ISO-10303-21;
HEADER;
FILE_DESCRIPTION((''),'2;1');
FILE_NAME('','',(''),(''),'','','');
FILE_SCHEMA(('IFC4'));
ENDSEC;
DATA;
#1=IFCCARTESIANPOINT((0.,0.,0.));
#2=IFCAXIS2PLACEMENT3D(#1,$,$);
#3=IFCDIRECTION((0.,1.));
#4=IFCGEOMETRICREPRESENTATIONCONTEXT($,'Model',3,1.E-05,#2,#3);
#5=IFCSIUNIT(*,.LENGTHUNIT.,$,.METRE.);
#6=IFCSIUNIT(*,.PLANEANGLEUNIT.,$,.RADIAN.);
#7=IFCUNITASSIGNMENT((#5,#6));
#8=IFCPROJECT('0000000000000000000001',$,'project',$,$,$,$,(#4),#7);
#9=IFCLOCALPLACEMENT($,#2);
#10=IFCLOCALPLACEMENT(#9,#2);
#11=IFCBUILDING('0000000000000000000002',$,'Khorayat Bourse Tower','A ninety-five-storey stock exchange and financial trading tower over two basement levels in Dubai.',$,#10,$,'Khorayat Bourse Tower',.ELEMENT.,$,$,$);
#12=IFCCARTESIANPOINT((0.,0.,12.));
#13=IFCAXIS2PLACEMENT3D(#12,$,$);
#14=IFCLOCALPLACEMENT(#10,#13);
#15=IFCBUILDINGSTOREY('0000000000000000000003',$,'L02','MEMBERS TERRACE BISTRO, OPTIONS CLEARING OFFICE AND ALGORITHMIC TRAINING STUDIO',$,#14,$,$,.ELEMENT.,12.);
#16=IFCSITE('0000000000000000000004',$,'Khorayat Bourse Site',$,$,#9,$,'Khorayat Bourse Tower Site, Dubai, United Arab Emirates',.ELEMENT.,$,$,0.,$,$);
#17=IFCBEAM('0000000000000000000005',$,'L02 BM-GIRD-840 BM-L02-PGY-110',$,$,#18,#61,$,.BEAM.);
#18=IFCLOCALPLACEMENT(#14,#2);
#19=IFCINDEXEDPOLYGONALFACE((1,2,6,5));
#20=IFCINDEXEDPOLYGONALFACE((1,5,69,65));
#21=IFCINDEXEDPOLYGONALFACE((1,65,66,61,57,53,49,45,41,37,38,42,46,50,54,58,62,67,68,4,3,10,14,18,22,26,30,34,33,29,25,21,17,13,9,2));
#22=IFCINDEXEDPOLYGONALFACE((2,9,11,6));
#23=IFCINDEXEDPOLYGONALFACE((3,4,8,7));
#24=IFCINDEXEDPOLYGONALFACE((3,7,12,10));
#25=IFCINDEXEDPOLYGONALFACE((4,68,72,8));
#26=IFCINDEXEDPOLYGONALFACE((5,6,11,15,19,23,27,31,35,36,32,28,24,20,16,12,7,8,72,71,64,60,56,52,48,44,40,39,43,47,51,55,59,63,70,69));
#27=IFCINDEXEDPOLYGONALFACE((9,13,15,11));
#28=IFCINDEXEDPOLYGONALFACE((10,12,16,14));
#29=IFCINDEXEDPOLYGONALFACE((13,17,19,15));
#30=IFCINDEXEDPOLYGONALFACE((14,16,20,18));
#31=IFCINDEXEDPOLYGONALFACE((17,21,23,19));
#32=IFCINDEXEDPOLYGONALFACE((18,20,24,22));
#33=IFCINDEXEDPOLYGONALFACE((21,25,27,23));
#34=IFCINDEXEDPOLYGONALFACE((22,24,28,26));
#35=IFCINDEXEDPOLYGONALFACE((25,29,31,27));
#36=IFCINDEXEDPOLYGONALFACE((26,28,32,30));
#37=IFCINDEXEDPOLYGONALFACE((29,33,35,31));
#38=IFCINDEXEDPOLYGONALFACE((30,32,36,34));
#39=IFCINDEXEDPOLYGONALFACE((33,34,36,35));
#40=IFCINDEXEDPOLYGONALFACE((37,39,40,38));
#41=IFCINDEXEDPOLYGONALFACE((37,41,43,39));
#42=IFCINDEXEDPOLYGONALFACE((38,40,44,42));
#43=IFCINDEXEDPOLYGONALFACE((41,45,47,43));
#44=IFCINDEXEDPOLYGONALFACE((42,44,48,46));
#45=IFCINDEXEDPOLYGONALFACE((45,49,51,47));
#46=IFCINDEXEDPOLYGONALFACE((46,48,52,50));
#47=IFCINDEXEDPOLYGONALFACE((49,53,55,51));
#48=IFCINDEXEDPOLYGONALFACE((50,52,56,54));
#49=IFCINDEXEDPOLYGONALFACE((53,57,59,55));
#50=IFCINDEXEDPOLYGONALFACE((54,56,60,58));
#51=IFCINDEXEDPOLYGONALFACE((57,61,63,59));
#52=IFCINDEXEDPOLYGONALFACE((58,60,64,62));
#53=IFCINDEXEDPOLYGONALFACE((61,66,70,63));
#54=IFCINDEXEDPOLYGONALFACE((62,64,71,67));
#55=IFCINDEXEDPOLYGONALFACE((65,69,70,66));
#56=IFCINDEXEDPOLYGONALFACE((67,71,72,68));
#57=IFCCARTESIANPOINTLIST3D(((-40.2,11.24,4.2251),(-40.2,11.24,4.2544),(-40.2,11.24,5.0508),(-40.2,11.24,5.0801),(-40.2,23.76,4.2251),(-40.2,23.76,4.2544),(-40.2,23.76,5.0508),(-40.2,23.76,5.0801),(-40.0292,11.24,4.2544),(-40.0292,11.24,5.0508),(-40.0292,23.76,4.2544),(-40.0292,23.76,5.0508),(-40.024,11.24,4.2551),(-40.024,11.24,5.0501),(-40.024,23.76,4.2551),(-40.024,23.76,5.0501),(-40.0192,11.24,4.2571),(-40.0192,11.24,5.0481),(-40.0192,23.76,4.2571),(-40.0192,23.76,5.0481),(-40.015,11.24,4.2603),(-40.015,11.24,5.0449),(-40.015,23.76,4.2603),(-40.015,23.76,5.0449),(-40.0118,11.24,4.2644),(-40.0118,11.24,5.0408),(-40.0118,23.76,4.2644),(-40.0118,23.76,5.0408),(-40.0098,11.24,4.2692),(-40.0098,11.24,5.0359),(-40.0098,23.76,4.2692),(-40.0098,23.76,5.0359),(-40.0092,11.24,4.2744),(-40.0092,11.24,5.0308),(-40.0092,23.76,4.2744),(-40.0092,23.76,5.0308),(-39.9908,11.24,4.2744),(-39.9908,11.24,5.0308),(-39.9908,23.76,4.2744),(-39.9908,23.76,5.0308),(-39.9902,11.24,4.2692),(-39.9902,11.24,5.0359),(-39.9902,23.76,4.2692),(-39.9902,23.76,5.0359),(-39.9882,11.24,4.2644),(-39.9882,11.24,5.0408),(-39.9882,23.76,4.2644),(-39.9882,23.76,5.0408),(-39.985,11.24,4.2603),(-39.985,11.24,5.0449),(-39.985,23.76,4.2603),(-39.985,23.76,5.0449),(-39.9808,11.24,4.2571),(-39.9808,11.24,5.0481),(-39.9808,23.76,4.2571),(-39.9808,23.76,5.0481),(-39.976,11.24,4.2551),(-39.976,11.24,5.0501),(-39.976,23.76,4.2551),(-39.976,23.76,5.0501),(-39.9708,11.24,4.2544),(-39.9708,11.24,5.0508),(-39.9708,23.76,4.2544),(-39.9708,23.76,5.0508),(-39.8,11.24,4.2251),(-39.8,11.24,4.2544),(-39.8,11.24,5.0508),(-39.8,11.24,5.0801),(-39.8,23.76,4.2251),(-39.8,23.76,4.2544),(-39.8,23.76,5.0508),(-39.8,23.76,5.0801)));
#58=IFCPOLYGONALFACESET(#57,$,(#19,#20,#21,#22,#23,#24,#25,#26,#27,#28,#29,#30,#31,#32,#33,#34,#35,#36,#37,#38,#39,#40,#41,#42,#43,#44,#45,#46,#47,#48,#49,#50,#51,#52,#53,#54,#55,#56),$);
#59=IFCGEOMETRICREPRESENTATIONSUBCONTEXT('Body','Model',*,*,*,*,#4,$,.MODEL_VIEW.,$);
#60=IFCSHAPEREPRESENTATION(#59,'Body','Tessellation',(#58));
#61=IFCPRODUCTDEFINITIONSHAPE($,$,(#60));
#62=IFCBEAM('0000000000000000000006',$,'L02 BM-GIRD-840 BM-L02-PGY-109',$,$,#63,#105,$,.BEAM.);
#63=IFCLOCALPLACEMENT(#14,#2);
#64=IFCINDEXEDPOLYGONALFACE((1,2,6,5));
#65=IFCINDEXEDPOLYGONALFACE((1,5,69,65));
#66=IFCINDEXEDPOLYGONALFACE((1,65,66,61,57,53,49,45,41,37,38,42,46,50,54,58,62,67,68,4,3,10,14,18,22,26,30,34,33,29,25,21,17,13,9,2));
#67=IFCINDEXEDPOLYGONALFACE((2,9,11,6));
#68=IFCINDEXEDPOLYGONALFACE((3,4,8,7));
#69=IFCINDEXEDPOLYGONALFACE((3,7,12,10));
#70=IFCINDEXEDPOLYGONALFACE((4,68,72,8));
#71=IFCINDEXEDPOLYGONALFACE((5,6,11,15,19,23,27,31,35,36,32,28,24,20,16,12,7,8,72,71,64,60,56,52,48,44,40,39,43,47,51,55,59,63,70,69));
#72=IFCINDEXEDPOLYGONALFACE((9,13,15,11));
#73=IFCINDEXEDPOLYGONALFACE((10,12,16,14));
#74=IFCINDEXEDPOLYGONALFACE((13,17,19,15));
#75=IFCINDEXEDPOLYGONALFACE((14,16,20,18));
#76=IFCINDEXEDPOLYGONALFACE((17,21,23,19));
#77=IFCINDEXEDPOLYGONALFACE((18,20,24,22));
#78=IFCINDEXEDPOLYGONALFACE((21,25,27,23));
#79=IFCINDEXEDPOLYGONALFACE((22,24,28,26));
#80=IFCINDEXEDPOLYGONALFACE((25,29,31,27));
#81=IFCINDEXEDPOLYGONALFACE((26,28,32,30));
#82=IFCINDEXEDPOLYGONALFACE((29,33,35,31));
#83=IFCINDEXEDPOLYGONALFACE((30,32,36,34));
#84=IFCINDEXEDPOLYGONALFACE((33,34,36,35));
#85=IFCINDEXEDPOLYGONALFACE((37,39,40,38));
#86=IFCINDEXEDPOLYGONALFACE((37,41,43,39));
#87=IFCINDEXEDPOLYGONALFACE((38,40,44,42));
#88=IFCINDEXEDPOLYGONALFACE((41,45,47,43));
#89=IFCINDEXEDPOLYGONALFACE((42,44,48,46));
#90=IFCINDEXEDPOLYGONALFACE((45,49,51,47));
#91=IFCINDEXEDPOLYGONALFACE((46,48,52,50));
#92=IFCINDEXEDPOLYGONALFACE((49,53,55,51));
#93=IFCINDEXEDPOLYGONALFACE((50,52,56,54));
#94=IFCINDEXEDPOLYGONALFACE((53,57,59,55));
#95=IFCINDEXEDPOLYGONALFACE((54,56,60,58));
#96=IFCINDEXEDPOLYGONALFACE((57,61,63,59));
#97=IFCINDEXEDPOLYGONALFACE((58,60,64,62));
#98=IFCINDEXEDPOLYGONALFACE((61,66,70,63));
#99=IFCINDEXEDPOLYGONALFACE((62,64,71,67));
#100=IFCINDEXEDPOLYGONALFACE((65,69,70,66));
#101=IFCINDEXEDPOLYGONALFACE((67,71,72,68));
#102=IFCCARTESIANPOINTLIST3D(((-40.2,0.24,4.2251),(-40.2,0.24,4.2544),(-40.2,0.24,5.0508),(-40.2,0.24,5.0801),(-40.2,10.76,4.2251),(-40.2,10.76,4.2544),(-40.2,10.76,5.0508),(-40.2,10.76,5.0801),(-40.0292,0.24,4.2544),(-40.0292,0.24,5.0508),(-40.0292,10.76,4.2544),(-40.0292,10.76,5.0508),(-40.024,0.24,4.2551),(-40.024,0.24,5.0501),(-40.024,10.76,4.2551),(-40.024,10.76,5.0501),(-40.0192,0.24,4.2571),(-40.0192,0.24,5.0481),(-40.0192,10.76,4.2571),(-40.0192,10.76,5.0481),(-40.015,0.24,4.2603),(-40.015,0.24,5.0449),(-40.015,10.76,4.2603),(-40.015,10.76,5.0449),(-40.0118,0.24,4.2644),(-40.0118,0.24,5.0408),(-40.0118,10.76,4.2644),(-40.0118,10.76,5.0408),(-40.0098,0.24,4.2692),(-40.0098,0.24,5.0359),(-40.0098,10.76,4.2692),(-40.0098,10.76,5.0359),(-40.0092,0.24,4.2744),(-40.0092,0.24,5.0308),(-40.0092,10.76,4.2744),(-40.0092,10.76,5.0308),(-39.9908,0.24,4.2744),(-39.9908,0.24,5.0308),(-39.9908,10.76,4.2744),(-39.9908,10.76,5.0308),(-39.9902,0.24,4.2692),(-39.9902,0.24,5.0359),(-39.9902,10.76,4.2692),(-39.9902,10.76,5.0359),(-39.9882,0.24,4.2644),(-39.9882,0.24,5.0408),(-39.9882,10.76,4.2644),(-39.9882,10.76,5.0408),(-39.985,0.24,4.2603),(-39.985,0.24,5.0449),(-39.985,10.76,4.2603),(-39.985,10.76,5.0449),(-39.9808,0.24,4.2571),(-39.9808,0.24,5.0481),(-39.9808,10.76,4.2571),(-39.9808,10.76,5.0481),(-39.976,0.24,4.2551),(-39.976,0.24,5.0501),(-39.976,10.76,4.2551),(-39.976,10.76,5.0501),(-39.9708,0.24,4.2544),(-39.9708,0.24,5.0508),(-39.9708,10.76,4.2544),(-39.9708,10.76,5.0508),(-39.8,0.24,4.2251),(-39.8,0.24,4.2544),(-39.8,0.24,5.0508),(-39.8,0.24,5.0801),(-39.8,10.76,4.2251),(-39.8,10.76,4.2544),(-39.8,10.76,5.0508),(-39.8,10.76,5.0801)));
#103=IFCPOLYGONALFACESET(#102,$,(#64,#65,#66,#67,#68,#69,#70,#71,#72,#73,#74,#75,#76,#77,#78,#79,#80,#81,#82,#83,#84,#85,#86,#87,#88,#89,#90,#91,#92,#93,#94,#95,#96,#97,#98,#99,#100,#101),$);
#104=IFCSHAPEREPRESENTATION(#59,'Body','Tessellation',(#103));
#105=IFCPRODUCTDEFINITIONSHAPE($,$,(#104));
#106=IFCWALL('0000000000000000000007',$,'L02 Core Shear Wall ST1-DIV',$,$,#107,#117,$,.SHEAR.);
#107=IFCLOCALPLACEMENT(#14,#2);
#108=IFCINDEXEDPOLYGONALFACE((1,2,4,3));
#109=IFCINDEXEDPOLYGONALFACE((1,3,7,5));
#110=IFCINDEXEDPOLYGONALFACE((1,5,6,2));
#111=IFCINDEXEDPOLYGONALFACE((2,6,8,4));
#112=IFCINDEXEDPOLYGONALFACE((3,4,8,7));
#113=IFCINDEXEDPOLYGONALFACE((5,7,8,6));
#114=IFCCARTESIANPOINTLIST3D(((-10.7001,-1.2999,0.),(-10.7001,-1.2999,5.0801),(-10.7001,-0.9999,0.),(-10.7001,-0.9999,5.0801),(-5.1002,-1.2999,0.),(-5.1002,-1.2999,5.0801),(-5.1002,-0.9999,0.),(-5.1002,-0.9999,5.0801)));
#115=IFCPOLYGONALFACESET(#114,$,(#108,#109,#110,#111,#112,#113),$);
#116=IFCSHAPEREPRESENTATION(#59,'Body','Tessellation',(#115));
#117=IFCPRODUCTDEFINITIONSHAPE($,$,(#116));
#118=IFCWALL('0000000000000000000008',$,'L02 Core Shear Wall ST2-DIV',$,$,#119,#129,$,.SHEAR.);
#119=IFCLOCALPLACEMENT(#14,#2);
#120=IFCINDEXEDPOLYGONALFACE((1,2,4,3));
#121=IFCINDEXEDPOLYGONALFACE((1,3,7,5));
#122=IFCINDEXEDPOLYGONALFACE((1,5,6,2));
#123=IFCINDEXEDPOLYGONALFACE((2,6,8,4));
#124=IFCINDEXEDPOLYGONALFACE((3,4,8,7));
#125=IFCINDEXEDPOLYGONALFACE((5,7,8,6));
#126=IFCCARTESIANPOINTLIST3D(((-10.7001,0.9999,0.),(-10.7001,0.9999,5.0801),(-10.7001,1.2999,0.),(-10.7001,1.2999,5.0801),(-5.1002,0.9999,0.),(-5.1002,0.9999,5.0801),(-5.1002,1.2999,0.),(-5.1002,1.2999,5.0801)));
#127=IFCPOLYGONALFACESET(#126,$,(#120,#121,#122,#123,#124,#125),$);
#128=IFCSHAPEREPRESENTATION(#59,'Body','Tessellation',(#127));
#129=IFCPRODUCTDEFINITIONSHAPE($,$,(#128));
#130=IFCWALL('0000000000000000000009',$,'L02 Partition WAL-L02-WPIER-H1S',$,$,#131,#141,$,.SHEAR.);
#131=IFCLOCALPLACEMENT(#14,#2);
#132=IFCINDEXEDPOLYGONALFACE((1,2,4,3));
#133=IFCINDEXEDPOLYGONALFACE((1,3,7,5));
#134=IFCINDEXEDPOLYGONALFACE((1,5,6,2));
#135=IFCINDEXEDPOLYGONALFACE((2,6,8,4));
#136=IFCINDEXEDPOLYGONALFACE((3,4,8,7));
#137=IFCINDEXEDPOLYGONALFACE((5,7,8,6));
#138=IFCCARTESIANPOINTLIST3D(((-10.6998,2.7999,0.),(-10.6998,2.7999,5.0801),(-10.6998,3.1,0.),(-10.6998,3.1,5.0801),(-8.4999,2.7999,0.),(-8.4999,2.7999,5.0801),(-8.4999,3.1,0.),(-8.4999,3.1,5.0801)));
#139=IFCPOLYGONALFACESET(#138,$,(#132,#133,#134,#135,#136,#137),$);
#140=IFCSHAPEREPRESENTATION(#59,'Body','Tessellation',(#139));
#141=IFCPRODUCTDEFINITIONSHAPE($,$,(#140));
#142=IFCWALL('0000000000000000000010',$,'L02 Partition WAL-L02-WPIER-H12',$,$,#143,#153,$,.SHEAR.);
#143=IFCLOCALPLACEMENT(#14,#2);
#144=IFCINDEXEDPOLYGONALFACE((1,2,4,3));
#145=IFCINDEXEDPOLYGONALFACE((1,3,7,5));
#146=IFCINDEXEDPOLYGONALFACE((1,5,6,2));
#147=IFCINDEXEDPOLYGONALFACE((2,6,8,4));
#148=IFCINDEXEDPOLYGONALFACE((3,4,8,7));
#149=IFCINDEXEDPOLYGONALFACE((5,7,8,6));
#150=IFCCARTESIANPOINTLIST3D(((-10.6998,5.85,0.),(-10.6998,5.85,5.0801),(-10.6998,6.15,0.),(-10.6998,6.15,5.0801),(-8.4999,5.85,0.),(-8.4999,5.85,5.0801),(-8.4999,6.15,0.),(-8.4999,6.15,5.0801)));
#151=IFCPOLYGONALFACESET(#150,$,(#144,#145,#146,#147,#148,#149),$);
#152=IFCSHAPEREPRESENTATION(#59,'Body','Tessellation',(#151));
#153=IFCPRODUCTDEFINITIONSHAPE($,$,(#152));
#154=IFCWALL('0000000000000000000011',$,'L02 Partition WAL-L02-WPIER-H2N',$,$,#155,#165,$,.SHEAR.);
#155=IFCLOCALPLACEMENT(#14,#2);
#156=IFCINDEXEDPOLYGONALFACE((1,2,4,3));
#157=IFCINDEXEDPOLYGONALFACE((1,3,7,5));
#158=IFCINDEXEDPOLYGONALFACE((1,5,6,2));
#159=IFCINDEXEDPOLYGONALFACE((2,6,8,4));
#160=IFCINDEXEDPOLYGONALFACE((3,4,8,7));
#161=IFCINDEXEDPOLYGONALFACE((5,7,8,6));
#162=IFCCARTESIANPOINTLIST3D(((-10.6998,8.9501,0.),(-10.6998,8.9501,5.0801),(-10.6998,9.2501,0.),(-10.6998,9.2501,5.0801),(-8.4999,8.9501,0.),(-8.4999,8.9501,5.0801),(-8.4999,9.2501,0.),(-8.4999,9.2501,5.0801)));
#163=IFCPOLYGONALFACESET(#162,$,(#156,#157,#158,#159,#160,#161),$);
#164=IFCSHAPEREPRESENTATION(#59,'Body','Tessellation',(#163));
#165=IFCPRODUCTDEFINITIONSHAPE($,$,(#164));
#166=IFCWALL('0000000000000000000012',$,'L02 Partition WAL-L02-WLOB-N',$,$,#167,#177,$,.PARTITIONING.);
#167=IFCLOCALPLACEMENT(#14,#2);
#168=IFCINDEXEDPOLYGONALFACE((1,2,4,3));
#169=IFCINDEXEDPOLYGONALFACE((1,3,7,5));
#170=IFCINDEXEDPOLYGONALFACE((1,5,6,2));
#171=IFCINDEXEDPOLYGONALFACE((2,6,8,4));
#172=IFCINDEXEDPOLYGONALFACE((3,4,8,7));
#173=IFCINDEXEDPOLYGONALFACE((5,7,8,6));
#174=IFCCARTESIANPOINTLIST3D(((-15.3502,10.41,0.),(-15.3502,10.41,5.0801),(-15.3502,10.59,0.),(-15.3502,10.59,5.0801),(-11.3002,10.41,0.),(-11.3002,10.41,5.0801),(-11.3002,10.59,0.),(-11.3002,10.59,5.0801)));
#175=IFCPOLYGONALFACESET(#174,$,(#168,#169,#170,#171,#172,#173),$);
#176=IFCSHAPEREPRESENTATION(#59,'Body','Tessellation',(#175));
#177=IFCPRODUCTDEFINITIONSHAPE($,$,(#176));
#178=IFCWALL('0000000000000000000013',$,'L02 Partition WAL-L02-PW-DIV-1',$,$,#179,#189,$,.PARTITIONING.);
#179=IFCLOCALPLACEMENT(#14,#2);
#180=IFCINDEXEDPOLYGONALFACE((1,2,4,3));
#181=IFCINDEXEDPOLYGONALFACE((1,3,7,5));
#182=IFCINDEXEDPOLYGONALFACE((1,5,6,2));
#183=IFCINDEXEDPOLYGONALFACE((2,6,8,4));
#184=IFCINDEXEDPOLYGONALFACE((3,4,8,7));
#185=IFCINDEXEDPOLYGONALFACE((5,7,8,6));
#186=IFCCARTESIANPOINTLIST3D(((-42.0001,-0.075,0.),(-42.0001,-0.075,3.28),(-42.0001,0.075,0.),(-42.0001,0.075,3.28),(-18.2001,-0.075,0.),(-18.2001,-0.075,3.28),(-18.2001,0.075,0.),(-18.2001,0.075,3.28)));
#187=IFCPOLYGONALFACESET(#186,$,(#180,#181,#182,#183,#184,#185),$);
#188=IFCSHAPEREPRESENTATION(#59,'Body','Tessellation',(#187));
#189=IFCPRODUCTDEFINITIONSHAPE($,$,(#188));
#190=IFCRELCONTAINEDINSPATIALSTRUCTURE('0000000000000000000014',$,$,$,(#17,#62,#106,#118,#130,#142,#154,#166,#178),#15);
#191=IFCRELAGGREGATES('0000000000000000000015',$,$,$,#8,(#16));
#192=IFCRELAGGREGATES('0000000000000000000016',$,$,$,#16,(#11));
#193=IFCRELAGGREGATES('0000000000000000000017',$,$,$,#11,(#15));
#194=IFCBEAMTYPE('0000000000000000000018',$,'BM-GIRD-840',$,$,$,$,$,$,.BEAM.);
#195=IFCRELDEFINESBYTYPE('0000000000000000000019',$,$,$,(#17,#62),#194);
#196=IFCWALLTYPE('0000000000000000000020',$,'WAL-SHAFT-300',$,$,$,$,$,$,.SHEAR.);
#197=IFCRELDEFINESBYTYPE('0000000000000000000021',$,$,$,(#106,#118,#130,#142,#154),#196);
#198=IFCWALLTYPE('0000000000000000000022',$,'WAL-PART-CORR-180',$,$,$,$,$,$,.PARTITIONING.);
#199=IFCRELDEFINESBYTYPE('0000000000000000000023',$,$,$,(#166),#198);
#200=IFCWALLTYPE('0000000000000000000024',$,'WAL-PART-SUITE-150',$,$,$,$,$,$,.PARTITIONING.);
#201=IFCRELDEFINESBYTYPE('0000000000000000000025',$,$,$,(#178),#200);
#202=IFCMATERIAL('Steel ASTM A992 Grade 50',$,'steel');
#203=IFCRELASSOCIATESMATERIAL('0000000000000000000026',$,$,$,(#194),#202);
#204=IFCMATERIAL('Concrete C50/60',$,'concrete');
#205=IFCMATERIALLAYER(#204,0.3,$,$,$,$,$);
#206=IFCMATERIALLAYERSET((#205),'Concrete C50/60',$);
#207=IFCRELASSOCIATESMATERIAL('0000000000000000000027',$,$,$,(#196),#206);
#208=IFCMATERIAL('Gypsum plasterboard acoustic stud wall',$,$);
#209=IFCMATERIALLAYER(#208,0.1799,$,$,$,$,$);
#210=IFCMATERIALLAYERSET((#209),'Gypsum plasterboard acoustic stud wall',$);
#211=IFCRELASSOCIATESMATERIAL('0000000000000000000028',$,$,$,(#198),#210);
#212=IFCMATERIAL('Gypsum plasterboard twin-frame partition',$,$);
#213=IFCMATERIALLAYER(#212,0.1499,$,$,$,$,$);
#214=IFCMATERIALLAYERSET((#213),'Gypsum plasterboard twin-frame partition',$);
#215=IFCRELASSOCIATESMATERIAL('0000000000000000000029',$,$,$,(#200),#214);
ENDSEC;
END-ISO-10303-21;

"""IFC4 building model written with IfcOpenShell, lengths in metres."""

from ifc_helpers import new_model, si_unit, direction, frame, frame_2d, origin, origin_2d, place, context, subcontext, project, spatial, rectangle, i_section, extrude, source, transform, mapped, material, layer, layer_set, material_profile, profile_set, type_object, element, save


model = new_model("IFC4")

# Units and contexts
model_context = context("Model", 3, precision=1e-05, world=origin(), true_north=direction((0.0, 1.0)))
body_context = subcontext(model_context, "Body", "Model", "MODEL_VIEW")
ifc_project = project(units=[si_unit("LENGTHUNIT", "METRE"), si_unit("PLANEANGLEUNIT", "RADIAN")], contexts=[model_context])

# Site, building, storey
site_placement = place(None, origin())
site = spatial("IfcSite", under=ifc_project, at=site_placement, Name="Khorayat Bourse Site", LongName="Khorayat Bourse Tower Site, Dubai, United Arab Emirates", CompositionType="ELEMENT", RefElevation=0.0)
building_placement = place(site_placement, origin())
building = spatial("IfcBuilding", under=site, at=building_placement, Name="Khorayat Bourse Tower", Description="A ninety-five-storey stock exchange and financial trading tower over two basement levels in Dubai.", LongName="Khorayat Bourse Tower", CompositionType="ELEMENT")
storey_placement = place(building_placement, frame((0.0, 0.0, 12.0)))
storey = spatial("IfcBuildingStorey", under=building, at=storey_placement, Name="L02", Description="MEMBERS TERRACE BISTRO, OPTIONS CLEARING OFFICE AND ALGORITHMIC TRAINING STUDIO", CompositionType="ELEMENT", Elevation=12.0)

# Beams
ifc_material_1 = material(Name="Steel ASTM A992 Grade 50", Category="steel")
ifc_material_profile_1 = material_profile(ifc_material_1, i_section(OverallWidth=0.3999, OverallDepth=0.855, WebThickness=0.0183, FlangeThickness=0.0293, FilletRadius=0.02, at=origin_2d()), Name="W840X299")
ifc_profile_set_1 = profile_set([ifc_material_profile_1], Name="Steel ASTM A992 Grade 50")
beam_type_1 = type_object("IfcBeamType", Name="BM-GIRD-840", PredefinedType="BEAM", material=ifc_profile_set_1)
shared_shape_1 = source(origin(), body_context, "Body", "SweptSolid", [
    extrude(i_section(OverallWidth=0.3999, OverallDepth=0.855, WebThickness=0.0183, FlangeThickness=0.0293, FilletRadius=0.02, at=origin_2d()), origin(), (0.0, 0.0, 1.0), 12.52),
])
beam_1_placement = place(storey_placement, frame((-40.0, 11.24, 4.6526), z_axis=(0.0, 1.0, 0.0), x_axis=(-1.0, 0.0, 0.0)))
element("IfcBeam", 1, at=beam_1_placement, inside=storey, type_object=beam_type_1, Name="L02 BM-GIRD-840 BM-L02-PGY-110", PredefinedType="BEAM", context=body_context, shape_type="MappedRepresentation", body=[
    mapped(shared_shape_1, transform((0.0, 0.0, 0.0), scale=1.0)),
])
shared_shape_2 = source(origin(), body_context, "Body", "SweptSolid", [
    extrude(i_section(OverallWidth=0.3999, OverallDepth=0.855, WebThickness=0.0183, FlangeThickness=0.0293, FilletRadius=0.02, at=origin_2d()), origin(), (0.0, 0.0, 1.0), 10.52),
])
beam_2_placement = place(storey_placement, frame((-40.0, 0.24, 4.6526), z_axis=(0.0, 1.0, 0.0), x_axis=(-1.0, 0.0, 0.0)))
element("IfcBeam", 2, at=beam_2_placement, inside=storey, type_object=beam_type_1, Name="L02 BM-GIRD-840 BM-L02-PGY-109", PredefinedType="BEAM", context=body_context, shape_type="MappedRepresentation", body=[
    mapped(shared_shape_2, transform((0.0, 0.0, 0.0), scale=1.0)),
])

# Walls
ifc_material_2 = material(Name="Concrete C50/60", Category="concrete")
ifc_layer_1 = layer(ifc_material_2, 0.3)
ifc_layer_set_1 = layer_set([ifc_layer_1], Name="Concrete C50/60")
wall_type_1 = type_object("IfcWallType", Name="WAL-SHAFT-300", PredefinedType="SHEAR", material=ifc_layer_set_1)
shared_shape_3 = source(origin(), body_context, "Body", "SweptSolid", [
    extrude(rectangle(XDim=5.5999, YDim=0.3, at=frame_2d((2.7998, 0.0))), origin(), (0.0, 0.0, 1.0), 5.0801),
])
for number, where, z_axis, x_axis, name in (
    (3, (-10.7, -1.1499, 0.0), (0.0, 0.0, 1.0), (1.0, 0.0, 0.0), "L02 Core Shear Wall ST1-DIV"),
    (4, (-10.7, 1.1499, 0.0), (0.0, 0.0, 1.0), (1.0, 0.0, 0.0), "L02 Core Shear Wall ST2-DIV"),
):
    element("IfcWall", number, at=place(storey_placement, frame(where, z_axis=z_axis, x_axis=x_axis)), inside=storey, type_object=wall_type_1, Name=name, PredefinedType="SHEAR", context=body_context, shape_type="MappedRepresentation", body=[
        mapped(shared_shape_3, transform((0.0, 0.0, 0.0), scale=1.0)),
    ])
shared_shape_4 = source(origin(), body_context, "Body", "SweptSolid", [
    extrude(rectangle(XDim=2.2, YDim=0.3, at=frame_2d((1.1001, 0.0))), origin(), (0.0, 0.0, 1.0), 5.0801),
])
for number, where, z_axis, x_axis, name in (
    (5, (-10.7, 2.95, 0.0), (0.0, 0.0, 1.0), (1.0, 0.0, 0.0), "L02 Partition WAL-L02-WPIER-H1S"),
    (6, (-10.7, 6.0, 0.0), (0.0, 0.0, 1.0), (1.0, 0.0, 0.0), "L02 Partition WAL-L02-WPIER-H12"),
    (7, (-10.7, 9.1001, 0.0), (0.0, 0.0, 1.0), (1.0, 0.0, 0.0), "L02 Partition WAL-L02-WPIER-H2N"),
):
    element("IfcWall", number, at=place(storey_placement, frame(where, z_axis=z_axis, x_axis=x_axis)), inside=storey, type_object=wall_type_1, Name=name, PredefinedType="SHEAR", context=body_context, shape_type="MappedRepresentation", body=[
        mapped(shared_shape_4, transform((0.0, 0.0, 0.0), scale=1.0)),
    ])
ifc_material_3 = material(Name="Gypsum plasterboard acoustic stud wall")
ifc_layer_2 = layer(ifc_material_3, 0.1799)
ifc_layer_set_2 = layer_set([ifc_layer_2], Name="Gypsum plasterboard acoustic stud wall")
wall_type_2 = type_object("IfcWallType", Name="WAL-PART-CORR-180", PredefinedType="PARTITIONING", material=ifc_layer_set_2)
shared_shape_5 = source(origin(), body_context, "Body", "SweptSolid", [
    extrude(rectangle(XDim=4.05, YDim=0.1799, at=frame_2d((2.0249, 0.0))), origin(), (0.0, 0.0, 1.0), 5.0801),
])
wall_1_placement = place(storey_placement, frame((-15.3501, 10.5, 0.0), z_axis=(0.0, 0.0, 1.0), x_axis=(1.0, 0.0, 0.0)))
element("IfcWall", 8, at=wall_1_placement, inside=storey, type_object=wall_type_2, Name="L02 Partition WAL-L02-WLOB-N", PredefinedType="PARTITIONING", context=body_context, shape_type="MappedRepresentation", body=[
    mapped(shared_shape_5, transform((0.0, 0.0, 0.0), scale=1.0)),
])
ifc_material_4 = material(Name="Gypsum plasterboard twin-frame partition")
ifc_layer_3 = layer(ifc_material_4, 0.1499)
ifc_layer_set_3 = layer_set([ifc_layer_3], Name="Gypsum plasterboard twin-frame partition")
wall_type_3 = type_object("IfcWallType", Name="WAL-PART-SUITE-150", PredefinedType="PARTITIONING", material=ifc_layer_set_3)
shared_shape_6 = source(origin(), body_context, "Body", "SweptSolid", [
    extrude(rectangle(XDim=23.8, YDim=0.1499, at=frame_2d((11.8999, 0.0))), origin(), (0.0, 0.0, 1.0), 3.28),
])
wall_2_placement = place(storey_placement, frame((-42.0, 0.0, 0.0), z_axis=(0.0, 0.0, 1.0), x_axis=(1.0, 0.0, 0.0)))
element("IfcWall", 9, at=wall_2_placement, inside=storey, type_object=wall_type_3, Name="L02 Partition WAL-L02-PW-DIV-1", PredefinedType="PARTITIONING", context=body_context, shape_type="MappedRepresentation", body=[
    mapped(shared_shape_6, transform((0.0, 0.0, 0.0), scale=1.0)),
])

save(model, "model.ifc")
